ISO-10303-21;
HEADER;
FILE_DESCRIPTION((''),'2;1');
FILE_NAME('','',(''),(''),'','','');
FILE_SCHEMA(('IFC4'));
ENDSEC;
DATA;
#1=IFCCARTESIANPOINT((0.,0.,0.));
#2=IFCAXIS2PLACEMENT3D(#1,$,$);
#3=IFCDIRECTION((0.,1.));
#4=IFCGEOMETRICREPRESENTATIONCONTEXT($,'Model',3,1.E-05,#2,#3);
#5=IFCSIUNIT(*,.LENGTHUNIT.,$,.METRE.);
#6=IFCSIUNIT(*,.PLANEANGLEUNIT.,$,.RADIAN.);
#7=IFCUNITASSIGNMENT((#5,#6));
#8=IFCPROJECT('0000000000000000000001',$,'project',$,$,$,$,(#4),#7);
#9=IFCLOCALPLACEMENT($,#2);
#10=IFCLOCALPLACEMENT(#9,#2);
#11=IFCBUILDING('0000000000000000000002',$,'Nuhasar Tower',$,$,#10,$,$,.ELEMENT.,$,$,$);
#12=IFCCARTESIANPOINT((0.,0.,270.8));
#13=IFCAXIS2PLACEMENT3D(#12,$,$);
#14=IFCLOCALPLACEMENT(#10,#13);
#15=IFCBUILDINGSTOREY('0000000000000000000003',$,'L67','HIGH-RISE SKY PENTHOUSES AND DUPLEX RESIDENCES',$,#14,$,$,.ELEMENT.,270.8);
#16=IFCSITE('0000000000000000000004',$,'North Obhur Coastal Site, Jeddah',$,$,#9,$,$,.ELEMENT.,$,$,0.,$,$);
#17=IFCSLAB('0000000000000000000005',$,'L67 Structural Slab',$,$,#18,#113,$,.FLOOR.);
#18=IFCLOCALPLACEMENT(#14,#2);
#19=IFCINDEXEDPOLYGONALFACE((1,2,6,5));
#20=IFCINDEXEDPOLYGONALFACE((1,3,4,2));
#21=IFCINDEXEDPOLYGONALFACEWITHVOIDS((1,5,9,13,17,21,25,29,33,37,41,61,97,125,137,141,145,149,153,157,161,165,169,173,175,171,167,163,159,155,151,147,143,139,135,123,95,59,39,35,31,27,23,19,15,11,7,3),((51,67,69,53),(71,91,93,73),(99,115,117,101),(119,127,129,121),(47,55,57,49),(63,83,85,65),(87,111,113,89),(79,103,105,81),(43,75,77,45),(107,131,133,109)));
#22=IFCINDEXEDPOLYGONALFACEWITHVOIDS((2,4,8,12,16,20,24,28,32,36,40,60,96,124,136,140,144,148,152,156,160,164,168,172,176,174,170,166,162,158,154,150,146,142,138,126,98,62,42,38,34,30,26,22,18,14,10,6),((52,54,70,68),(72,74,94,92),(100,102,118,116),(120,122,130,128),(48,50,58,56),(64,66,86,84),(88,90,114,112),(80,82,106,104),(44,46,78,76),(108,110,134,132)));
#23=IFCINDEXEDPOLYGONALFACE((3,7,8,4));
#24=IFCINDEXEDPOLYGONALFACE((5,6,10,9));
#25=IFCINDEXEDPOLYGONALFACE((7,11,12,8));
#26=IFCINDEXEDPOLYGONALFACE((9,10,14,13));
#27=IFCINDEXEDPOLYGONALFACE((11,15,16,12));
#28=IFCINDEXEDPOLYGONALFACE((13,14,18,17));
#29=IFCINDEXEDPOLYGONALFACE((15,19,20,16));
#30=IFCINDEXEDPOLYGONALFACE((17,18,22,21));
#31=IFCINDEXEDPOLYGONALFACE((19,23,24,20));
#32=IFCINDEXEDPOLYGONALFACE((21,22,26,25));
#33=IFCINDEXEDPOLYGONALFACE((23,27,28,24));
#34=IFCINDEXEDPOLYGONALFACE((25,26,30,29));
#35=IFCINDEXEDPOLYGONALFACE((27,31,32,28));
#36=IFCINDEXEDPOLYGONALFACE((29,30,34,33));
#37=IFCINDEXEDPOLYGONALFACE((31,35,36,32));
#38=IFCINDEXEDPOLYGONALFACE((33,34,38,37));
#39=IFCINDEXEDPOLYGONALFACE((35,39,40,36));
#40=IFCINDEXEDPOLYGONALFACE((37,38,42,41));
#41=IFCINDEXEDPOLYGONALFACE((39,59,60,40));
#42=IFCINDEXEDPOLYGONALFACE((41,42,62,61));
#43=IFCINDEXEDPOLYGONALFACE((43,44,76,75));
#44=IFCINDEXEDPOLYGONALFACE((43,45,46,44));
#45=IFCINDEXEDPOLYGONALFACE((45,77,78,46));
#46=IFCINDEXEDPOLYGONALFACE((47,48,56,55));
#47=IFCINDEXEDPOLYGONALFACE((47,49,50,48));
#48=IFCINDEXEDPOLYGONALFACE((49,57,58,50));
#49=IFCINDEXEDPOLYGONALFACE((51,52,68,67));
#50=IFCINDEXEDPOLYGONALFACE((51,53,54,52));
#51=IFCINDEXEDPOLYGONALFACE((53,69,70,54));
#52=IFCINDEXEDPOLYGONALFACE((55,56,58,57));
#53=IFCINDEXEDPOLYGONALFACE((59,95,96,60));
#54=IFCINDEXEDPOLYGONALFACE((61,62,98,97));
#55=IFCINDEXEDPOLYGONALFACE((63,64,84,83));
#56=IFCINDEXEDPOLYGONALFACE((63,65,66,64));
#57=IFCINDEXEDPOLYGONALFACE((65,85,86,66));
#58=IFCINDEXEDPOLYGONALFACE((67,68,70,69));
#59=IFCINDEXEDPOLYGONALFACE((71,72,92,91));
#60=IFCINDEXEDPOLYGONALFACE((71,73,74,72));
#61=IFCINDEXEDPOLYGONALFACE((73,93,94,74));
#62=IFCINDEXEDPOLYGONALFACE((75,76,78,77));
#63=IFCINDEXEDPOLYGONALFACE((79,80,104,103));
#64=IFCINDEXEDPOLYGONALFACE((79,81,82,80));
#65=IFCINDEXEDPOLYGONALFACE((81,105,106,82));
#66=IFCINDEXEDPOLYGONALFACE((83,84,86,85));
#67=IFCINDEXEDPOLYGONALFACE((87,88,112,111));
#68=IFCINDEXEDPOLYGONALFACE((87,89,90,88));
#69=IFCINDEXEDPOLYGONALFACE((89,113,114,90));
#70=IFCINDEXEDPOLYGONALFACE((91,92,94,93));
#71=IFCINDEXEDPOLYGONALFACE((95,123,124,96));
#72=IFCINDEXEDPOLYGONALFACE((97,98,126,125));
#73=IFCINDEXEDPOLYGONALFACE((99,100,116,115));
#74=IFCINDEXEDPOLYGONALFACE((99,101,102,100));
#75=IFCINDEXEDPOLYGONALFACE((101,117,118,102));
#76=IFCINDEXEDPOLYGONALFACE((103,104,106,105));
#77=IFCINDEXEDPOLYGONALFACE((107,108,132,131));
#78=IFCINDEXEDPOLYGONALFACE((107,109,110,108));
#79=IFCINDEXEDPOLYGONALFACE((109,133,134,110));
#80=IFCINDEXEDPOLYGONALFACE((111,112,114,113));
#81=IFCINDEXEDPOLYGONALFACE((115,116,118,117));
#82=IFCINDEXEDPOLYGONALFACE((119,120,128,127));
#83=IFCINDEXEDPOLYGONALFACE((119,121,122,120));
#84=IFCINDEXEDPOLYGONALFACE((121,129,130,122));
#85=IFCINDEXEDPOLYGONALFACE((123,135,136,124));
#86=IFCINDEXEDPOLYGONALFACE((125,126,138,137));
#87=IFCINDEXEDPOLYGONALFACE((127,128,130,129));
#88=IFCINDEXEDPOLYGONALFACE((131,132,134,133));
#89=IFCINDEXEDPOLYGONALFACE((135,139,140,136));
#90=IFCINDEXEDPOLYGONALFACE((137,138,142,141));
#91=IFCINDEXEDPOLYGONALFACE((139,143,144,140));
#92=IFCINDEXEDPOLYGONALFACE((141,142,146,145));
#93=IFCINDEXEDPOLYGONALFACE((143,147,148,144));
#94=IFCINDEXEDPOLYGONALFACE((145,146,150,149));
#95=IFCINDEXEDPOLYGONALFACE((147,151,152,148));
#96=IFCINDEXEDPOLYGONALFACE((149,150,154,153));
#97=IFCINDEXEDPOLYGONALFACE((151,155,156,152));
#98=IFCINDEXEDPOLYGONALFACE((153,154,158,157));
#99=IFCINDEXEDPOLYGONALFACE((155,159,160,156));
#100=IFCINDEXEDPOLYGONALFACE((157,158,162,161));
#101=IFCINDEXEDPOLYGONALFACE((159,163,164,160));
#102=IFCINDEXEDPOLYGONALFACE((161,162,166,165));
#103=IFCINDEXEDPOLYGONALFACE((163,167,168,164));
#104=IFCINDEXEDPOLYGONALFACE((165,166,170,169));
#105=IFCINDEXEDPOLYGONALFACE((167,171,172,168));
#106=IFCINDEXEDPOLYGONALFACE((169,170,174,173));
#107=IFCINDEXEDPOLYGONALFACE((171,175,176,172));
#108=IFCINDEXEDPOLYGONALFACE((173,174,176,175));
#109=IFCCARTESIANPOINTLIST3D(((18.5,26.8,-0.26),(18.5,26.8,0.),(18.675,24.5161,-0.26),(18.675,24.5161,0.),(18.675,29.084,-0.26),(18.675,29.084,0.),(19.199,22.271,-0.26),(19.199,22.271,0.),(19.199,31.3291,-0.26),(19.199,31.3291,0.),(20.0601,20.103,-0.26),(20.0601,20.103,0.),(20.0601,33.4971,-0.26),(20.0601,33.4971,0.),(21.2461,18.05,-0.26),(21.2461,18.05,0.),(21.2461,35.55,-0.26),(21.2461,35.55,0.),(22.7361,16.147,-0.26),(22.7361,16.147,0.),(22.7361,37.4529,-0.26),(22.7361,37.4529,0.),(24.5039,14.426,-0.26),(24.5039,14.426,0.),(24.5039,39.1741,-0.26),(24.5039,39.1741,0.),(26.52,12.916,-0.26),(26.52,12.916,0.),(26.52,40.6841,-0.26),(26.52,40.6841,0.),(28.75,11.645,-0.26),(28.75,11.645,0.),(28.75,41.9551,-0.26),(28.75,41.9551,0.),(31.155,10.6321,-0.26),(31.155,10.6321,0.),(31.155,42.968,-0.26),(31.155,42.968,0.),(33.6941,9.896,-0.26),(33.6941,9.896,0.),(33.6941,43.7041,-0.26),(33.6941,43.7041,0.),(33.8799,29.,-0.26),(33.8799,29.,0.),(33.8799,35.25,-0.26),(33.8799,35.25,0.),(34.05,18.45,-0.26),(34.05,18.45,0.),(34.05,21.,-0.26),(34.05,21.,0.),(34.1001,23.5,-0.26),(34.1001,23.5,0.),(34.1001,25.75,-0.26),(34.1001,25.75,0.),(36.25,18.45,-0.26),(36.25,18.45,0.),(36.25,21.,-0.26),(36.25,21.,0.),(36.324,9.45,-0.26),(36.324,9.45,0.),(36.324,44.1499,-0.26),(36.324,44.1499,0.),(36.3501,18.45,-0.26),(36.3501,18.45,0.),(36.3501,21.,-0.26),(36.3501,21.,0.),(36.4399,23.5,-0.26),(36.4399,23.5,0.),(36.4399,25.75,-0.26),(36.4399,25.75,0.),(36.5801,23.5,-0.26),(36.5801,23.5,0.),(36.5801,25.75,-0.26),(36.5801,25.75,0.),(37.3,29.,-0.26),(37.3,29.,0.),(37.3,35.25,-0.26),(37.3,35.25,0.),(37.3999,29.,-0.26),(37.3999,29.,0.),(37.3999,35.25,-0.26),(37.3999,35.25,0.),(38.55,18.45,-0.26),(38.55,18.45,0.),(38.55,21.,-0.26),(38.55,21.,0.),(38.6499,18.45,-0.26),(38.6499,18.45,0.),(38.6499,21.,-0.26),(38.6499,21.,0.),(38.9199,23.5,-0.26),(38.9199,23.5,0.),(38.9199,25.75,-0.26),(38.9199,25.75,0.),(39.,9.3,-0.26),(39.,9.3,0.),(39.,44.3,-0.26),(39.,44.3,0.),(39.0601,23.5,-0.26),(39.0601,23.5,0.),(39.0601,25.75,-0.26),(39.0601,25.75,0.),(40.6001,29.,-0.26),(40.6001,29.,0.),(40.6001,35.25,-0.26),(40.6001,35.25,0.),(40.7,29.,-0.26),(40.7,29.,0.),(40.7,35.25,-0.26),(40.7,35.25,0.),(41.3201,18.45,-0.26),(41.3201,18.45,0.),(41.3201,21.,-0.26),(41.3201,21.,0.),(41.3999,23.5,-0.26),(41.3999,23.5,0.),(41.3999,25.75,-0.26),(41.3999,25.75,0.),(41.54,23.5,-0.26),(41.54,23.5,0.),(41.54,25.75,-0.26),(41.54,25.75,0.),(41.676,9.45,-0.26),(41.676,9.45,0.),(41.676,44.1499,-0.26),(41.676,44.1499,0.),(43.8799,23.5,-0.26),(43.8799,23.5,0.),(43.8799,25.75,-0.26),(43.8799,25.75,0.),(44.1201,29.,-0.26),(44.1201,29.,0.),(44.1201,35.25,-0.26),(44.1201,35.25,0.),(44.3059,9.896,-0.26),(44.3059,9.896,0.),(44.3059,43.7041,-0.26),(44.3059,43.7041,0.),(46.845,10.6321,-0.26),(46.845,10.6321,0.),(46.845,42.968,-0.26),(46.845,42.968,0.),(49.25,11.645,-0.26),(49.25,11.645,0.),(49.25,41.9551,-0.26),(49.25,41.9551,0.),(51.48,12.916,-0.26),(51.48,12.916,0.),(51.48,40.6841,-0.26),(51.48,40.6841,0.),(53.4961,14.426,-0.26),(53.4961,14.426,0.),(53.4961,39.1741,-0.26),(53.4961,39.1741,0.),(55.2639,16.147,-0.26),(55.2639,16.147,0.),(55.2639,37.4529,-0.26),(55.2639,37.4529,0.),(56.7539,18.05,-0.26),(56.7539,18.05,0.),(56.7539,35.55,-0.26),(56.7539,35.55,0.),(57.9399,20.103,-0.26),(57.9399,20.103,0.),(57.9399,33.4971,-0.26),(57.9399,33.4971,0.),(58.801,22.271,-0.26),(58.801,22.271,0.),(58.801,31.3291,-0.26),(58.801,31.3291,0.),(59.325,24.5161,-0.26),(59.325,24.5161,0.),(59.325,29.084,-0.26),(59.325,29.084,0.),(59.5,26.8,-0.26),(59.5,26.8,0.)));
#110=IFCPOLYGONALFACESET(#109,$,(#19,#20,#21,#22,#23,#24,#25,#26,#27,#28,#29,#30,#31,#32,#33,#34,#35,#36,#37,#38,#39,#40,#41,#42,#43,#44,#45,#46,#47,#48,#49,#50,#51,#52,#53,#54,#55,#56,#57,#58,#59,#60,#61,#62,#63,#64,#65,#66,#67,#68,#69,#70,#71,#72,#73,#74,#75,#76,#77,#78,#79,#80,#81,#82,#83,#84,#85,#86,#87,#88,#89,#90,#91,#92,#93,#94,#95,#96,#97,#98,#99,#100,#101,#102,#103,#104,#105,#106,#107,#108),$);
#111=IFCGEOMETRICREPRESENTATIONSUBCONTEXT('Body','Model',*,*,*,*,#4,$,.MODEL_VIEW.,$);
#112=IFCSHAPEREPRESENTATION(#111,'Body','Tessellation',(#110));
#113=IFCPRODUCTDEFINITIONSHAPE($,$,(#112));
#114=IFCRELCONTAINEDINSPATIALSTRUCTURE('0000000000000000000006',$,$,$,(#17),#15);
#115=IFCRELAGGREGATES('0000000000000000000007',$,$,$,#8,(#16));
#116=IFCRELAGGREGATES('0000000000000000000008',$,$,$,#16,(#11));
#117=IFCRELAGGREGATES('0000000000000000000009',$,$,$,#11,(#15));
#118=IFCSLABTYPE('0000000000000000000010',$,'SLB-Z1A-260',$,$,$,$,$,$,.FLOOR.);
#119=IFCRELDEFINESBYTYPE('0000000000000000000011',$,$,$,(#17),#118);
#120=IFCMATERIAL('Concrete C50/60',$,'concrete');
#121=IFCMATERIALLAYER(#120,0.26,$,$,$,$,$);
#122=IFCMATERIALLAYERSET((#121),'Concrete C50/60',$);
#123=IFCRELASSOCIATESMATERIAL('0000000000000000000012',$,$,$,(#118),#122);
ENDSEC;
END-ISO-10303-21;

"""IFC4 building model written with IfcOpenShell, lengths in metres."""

from ifc_helpers import new_model, si_unit, direction, frame, origin, place, context, subcontext, project, spatial, polyline, outline, extrude, material, layer, layer_set, type_object, element, save


model = new_model("IFC4")

# Units and contexts
model_context = context("Model", 3, precision=1e-05, world=origin(), true_north=direction((0.0, 1.0)))
body_context = subcontext(model_context, "Body", "Model", "MODEL_VIEW")
ifc_project = project(units=[si_unit("LENGTHUNIT", "METRE"), si_unit("PLANEANGLEUNIT", "RADIAN")], contexts=[model_context])

# Site, building, storey
site_placement = place(None, origin())
site = spatial("IfcSite", under=ifc_project, at=site_placement, Name="North Obhur Coastal Site, Jeddah", CompositionType="ELEMENT", RefElevation=0.0)
building_placement = place(site_placement, origin())
building = spatial("IfcBuilding", under=site, at=building_placement, Name="Nuhasar Tower", CompositionType="ELEMENT")
storey_placement = place(building_placement, frame((0.0, 0.0, 270.8)))
storey = spatial("IfcBuildingStorey", under=building, at=storey_placement, Name="L67", Description="HIGH-RISE SKY PENTHOUSES AND DUPLEX RESIDENCES", CompositionType="ELEMENT", Elevation=270.8)

# Shared definitions
ifc_material_1 = material(Name="Concrete C50/60", Category="concrete")

# Slab
ifc_layer_1 = layer(ifc_material_1, 0.26)
ifc_layer_set_1 = layer_set([ifc_layer_1], Name="Concrete C50/60")
slab_type_1 = type_object("IfcSlabType", Name="SLB-Z1A-260", PredefinedType="FLOOR", material=ifc_layer_set_1)
slab_1_placement = place(storey_placement, frame((0.0, 0.0, -0.26)))
element("IfcSlab", 1, at=slab_1_placement, inside=storey, type_object=slab_type_1, Name="L67 Structural Slab", PredefinedType="FLOOR", context=body_context, shape_type="SweptSolid", body=[
    extrude(outline(polyline([(59.5, 26.8), (59.325, 29.084), (58.801, 31.3291), (57.9399, 33.4971), (56.7539, 35.55), (55.2639, 37.4529), (53.4961, 39.1741), (51.48, 40.6841), (49.25, 41.9551), (46.845, 42.968), (44.3059, 43.7041), (41.676, 44.1499), (39.0, 44.3), (36.324, 44.1499), (33.6941, 43.7041), (31.155, 42.968), (28.75, 41.9551), (26.52, 40.6841), (24.5039, 39.1741), (22.7361, 37.4529), (21.2461, 35.55), (20.0601, 33.4971), (19.199, 31.3291), (18.675, 29.084), (18.5, 26.8), (18.675, 24.5161), (19.199, 22.271), (20.0601, 20.103), (21.2461, 18.05), (22.7361, 16.147), (24.5039, 14.426), (26.52, 12.916), (28.75, 11.645), (31.155, 10.6321), (33.6941, 9.896), (36.324, 9.45), (39.0, 9.3), (41.676, 9.45), (44.3059, 9.896), (46.845, 10.6321), (49.25, 11.645), (51.48, 12.916), (53.4961, 14.426), (55.2639, 16.147), (56.7539, 18.05), (57.9399, 20.103), (58.801, 22.271), (59.325, 24.5161), (59.5, 26.8)]), holes=[polyline([(33.8799, 35.25), (37.3, 35.25), (37.3, 29.0), (33.8799, 29.0), (33.8799, 35.25)]), polyline([(37.3999, 35.25), (40.6001, 35.25), (40.6001, 29.0), (37.3999, 29.0), (37.3999, 35.25)]), polyline([(40.7, 35.25), (44.1201, 35.25), (44.1201, 29.0), (40.7, 29.0), (40.7, 35.25)]), polyline([(34.1001, 25.75), (36.4399, 25.75), (36.4399, 23.5), (34.1001, 23.5), (34.1001, 25.75)]), polyline([(36.5801, 25.75), (38.9199, 25.75), (38.9199, 23.5), (36.5801, 23.5), (36.5801, 25.75)]), polyline([(39.0601, 25.75), (41.3999, 25.75), (41.3999, 23.5), (39.0601, 23.5), (39.0601, 25.75)]), polyline([(41.54, 25.75), (43.8799, 25.75), (43.8799, 23.5), (41.54, 23.5), (41.54, 25.75)]), polyline([(34.05, 21.0), (36.25, 21.0), (36.25, 18.45), (34.05, 18.45), (34.05, 21.0)]), polyline([(36.3501, 21.0), (38.55, 21.0), (38.55, 18.45), (36.3501, 18.45), (36.3501, 21.0)]), polyline([(38.6499, 21.0), (41.3201, 21.0), (41.3201, 18.45), (38.6499, 18.45), (38.6499, 21.0)])]), origin(), (0.0, 0.0, 1.0), 0.26),
])

save(model, "model.ifc")
